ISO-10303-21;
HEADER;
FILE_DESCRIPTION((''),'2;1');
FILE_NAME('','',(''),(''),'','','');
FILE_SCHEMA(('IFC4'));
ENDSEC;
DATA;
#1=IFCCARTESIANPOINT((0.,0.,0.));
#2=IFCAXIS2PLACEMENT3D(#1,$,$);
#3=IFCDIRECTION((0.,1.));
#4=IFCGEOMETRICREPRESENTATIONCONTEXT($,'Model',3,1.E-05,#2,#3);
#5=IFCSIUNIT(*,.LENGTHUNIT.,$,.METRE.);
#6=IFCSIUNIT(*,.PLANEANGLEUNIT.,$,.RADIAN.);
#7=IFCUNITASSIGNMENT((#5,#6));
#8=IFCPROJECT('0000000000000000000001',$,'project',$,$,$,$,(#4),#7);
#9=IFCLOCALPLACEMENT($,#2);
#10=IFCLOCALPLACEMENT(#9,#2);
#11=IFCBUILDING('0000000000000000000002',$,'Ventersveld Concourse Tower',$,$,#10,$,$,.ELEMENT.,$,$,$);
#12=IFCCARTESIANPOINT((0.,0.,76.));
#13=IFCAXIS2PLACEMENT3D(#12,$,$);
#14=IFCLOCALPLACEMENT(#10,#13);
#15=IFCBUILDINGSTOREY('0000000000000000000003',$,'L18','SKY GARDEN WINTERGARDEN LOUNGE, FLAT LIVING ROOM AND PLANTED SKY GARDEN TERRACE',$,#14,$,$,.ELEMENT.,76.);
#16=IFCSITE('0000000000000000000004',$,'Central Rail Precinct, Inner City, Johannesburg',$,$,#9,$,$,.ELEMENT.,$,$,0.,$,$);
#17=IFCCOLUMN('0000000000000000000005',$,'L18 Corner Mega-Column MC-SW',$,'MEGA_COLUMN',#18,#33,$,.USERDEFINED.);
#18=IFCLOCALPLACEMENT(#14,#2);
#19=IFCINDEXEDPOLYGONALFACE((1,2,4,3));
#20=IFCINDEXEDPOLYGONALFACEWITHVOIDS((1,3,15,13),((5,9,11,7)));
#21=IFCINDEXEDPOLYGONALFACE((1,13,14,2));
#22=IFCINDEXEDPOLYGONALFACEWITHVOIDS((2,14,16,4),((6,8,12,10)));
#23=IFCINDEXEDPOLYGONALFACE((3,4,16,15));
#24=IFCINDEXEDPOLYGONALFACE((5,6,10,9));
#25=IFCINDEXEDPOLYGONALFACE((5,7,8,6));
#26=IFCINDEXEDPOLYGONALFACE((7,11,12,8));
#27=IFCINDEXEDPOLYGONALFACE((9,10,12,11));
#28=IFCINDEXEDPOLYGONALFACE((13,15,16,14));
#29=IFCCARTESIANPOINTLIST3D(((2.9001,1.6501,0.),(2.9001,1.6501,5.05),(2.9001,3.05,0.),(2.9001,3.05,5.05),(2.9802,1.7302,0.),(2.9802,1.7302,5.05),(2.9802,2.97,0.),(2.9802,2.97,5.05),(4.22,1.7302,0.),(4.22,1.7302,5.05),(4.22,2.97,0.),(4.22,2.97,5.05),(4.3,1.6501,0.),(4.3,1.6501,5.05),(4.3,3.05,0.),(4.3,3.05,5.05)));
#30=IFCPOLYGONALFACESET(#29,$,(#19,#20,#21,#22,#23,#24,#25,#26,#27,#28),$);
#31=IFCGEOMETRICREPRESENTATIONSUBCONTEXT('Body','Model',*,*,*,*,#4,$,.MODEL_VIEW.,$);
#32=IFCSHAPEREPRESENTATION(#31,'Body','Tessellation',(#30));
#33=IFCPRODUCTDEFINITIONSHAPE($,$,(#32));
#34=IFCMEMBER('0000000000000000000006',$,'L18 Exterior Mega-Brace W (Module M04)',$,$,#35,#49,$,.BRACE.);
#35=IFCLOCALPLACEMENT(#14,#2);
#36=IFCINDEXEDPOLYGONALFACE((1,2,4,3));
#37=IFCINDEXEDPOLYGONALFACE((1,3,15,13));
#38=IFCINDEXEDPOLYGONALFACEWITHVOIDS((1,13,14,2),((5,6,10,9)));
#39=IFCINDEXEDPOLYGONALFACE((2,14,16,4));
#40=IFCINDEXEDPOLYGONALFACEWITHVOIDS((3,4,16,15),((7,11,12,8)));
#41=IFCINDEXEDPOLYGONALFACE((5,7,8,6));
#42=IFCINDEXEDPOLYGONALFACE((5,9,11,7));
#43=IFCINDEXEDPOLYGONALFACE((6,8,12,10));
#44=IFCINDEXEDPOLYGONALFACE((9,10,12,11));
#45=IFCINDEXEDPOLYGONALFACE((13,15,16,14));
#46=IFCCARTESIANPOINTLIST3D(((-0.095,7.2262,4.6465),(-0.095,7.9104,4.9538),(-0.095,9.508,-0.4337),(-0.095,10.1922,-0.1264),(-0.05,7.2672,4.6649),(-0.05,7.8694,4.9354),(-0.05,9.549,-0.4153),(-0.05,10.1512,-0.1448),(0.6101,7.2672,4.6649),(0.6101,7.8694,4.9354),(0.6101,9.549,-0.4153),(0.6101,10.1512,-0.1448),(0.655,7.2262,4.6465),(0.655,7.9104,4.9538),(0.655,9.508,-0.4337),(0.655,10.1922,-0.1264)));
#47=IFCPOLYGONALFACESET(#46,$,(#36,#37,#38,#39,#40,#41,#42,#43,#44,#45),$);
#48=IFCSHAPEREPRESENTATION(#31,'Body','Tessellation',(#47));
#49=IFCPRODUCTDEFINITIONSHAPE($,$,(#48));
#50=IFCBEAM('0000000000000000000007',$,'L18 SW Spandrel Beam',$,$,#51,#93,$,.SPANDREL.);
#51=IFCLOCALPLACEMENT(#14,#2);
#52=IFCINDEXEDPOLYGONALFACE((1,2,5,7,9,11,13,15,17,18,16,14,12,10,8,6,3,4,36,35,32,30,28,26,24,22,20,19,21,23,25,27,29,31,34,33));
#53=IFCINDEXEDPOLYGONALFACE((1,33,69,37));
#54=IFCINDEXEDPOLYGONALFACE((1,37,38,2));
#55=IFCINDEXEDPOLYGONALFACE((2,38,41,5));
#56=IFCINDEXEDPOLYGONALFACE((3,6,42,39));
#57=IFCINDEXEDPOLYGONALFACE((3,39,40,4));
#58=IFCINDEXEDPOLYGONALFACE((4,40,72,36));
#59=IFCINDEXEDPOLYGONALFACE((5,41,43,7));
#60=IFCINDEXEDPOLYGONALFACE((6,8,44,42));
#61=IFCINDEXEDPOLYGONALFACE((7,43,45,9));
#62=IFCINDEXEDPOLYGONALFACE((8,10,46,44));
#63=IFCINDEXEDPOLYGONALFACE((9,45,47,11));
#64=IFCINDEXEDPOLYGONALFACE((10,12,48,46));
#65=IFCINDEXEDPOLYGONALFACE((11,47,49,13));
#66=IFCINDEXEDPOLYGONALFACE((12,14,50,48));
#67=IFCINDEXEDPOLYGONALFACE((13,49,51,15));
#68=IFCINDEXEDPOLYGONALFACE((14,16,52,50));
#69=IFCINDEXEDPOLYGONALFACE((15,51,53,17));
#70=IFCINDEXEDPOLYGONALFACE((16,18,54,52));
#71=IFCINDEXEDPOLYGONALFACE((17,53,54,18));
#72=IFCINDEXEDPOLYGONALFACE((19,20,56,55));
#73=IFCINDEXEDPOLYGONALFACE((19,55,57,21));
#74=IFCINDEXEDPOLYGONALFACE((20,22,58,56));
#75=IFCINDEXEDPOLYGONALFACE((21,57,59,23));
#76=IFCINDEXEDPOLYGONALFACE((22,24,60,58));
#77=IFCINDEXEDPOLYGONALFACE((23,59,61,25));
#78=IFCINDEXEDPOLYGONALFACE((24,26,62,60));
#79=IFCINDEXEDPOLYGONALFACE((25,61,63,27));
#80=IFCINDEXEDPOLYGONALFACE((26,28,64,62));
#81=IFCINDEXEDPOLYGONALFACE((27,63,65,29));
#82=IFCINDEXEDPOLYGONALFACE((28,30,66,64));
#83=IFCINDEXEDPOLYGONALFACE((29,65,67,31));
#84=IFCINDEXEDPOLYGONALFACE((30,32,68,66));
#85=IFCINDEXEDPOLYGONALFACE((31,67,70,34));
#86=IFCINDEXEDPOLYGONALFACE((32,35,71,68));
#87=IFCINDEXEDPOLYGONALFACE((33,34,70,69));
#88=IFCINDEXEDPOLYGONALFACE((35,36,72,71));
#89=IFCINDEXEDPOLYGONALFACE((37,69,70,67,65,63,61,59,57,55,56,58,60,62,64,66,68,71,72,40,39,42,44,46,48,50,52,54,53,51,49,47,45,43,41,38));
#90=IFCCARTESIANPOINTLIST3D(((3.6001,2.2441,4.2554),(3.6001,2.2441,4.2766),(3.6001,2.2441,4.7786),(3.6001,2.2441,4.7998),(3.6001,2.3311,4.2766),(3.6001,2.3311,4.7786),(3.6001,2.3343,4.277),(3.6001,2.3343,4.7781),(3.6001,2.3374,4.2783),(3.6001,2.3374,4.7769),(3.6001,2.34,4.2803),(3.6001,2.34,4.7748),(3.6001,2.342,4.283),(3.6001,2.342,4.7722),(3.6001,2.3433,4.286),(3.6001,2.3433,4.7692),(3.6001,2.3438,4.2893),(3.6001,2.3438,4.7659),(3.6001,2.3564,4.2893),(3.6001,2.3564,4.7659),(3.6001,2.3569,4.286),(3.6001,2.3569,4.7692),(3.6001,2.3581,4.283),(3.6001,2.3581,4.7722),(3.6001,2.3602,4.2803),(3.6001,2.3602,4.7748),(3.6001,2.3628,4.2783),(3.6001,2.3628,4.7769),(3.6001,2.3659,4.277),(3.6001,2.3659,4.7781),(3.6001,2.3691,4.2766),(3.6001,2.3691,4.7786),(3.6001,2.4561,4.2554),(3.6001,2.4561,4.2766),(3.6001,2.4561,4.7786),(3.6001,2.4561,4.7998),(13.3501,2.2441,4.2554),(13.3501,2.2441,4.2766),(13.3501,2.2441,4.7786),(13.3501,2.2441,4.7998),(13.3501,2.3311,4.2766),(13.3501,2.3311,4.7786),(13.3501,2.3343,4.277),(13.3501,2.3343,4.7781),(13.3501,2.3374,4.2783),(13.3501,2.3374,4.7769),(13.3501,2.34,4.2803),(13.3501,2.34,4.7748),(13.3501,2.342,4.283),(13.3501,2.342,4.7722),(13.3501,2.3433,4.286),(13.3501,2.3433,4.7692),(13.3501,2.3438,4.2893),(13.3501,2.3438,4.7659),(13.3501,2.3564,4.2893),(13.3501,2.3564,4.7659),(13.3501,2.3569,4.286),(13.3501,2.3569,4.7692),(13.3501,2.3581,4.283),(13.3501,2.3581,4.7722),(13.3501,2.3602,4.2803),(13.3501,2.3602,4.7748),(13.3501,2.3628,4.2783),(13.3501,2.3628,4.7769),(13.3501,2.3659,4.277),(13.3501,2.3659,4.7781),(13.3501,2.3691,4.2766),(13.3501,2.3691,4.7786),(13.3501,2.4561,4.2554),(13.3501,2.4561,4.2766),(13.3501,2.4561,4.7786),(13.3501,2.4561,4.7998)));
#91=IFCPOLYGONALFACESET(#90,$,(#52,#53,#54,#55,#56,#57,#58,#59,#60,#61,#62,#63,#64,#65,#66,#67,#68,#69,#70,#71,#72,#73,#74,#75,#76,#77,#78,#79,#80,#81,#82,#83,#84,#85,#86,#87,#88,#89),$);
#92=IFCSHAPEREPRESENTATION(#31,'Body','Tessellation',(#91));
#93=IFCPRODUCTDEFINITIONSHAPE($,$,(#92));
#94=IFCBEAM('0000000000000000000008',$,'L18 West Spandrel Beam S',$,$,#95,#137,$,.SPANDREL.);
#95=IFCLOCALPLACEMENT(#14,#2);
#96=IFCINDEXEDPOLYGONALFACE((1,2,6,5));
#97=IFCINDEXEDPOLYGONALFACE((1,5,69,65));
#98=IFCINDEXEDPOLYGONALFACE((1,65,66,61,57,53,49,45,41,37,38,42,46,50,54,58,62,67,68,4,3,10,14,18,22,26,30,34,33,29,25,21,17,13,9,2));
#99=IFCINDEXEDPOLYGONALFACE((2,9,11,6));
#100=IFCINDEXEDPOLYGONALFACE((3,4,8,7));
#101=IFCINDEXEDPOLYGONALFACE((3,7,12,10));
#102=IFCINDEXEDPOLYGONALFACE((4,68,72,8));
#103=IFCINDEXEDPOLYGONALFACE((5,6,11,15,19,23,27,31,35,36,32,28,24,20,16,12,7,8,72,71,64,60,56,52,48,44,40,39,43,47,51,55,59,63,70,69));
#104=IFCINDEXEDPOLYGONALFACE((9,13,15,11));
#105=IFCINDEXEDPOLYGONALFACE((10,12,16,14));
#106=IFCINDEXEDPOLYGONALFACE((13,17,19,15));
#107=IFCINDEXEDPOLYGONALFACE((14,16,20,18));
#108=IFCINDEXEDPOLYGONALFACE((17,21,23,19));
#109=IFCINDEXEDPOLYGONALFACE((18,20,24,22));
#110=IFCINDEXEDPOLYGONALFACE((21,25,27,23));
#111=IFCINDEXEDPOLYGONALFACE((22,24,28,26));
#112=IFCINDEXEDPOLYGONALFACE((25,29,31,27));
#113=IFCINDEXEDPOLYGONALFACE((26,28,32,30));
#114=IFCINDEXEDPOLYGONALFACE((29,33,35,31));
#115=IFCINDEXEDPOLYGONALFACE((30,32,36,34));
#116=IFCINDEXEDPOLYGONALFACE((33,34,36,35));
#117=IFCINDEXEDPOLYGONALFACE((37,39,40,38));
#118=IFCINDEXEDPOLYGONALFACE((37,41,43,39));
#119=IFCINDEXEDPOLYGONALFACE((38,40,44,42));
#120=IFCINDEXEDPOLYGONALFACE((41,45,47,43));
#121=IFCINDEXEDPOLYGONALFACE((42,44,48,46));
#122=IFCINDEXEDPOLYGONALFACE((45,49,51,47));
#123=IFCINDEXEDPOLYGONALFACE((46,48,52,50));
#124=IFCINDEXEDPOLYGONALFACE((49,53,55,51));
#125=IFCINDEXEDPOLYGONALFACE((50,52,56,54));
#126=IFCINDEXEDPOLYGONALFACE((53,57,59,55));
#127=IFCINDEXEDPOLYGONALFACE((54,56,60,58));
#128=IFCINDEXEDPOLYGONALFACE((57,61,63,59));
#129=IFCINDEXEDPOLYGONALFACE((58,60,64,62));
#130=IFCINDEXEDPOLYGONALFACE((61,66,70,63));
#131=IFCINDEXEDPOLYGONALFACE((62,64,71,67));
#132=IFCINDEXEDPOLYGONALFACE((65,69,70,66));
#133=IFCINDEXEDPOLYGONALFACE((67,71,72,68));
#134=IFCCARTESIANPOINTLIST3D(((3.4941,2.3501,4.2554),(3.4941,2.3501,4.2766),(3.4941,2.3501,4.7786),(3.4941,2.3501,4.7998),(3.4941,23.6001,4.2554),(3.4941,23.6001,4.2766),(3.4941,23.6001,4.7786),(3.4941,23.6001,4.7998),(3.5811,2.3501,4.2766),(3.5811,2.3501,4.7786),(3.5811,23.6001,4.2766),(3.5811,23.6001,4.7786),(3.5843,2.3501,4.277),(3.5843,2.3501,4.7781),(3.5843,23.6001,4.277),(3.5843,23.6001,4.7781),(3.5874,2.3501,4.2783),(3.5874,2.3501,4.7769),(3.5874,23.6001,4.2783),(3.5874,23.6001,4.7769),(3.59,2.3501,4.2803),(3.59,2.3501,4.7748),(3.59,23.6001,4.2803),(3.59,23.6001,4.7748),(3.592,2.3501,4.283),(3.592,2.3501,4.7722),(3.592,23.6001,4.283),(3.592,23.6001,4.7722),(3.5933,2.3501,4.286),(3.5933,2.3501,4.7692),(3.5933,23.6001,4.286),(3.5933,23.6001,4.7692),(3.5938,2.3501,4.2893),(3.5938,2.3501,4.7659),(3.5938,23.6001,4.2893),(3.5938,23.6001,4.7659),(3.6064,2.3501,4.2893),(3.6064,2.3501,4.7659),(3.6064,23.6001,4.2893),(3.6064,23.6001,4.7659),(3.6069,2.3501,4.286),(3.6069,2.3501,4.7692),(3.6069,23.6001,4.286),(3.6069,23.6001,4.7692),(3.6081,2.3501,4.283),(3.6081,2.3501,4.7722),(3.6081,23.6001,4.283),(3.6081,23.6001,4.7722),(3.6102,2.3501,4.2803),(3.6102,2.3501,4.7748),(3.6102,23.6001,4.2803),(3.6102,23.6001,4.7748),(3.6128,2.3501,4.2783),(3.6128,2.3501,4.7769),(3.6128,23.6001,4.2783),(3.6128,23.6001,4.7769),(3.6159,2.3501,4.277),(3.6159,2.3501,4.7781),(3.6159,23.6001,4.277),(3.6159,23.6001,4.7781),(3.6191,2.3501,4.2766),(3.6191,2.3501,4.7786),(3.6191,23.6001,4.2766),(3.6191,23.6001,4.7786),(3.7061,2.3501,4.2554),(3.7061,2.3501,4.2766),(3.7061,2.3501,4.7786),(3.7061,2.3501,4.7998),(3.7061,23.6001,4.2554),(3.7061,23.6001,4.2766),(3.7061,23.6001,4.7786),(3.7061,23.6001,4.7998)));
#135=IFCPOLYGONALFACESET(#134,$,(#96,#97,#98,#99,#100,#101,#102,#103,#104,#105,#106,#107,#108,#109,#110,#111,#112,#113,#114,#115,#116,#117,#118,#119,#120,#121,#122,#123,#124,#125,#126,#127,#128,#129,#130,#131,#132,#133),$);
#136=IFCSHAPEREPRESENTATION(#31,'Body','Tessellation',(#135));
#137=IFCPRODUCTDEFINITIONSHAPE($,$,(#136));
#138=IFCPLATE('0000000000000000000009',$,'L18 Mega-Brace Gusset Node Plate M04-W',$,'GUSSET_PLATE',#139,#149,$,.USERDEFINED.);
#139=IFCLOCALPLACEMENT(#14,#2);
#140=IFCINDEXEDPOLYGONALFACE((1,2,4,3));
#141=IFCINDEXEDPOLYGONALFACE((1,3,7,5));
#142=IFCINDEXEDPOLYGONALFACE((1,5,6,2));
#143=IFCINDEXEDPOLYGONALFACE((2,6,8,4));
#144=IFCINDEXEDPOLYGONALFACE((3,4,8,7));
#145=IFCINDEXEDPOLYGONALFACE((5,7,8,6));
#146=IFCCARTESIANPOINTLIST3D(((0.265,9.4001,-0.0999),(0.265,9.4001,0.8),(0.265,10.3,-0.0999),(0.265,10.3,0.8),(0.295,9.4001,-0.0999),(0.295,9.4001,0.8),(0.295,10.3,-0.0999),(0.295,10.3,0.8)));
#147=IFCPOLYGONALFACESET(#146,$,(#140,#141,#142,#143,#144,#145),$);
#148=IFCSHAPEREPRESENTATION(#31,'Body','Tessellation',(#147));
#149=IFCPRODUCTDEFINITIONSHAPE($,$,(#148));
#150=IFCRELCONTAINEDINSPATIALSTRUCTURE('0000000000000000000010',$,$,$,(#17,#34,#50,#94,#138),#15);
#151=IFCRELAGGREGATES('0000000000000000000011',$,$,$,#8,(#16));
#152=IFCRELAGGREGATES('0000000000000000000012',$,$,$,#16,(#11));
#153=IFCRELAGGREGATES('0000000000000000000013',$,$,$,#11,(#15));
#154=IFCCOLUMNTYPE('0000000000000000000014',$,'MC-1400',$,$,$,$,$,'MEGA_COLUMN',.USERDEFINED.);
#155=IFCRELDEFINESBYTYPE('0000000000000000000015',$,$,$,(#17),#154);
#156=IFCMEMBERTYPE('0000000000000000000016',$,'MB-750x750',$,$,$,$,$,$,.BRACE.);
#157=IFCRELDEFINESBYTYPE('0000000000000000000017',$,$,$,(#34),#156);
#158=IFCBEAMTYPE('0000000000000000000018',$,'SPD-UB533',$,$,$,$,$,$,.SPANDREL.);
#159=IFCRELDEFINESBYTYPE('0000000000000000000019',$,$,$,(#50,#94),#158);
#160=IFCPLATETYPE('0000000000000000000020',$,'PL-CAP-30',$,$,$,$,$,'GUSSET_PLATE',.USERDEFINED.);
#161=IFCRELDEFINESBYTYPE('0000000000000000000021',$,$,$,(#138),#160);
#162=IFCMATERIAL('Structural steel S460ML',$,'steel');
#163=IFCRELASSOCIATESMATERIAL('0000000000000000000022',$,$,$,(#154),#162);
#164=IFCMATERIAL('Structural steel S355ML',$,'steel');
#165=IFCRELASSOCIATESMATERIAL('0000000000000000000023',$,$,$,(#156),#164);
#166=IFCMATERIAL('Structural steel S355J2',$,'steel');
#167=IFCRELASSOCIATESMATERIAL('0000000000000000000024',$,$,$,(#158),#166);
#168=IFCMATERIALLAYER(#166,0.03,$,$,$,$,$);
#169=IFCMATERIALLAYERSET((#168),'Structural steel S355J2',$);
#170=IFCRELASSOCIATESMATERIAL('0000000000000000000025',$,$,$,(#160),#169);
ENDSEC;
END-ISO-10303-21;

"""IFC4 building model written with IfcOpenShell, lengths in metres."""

from ifc_helpers import new_model, si_unit, direction, frame, origin, origin_2d, place, context, subcontext, project, spatial, rectangle, hollow_rectangle, i_section, extrude, material, layer, layer_set, material_profile, profile_set, type_object, element, save


model = new_model("IFC4")

# Units and contexts
model_context = context("Model", 3, precision=1e-05, world=origin(), true_north=direction((0.0, 1.0)))
body_context = subcontext(model_context, "Body", "Model", "MODEL_VIEW")
ifc_project = project(units=[si_unit("LENGTHUNIT", "METRE"), si_unit("PLANEANGLEUNIT", "RADIAN")], contexts=[model_context])

# Site, building, storey
site_placement = place(None, origin())
site = spatial("IfcSite", under=ifc_project, at=site_placement, Name="Central Rail Precinct, Inner City, Johannesburg", CompositionType="ELEMENT", RefElevation=0.0)
building_placement = place(site_placement, origin())
building = spatial("IfcBuilding", under=site, at=building_placement, Name="Ventersveld Concourse Tower", CompositionType="ELEMENT")
storey_placement = place(building_placement, frame((0.0, 0.0, 76.0)))
storey = spatial("IfcBuildingStorey", under=building, at=storey_placement, Name="L18", Description="SKY GARDEN WINTERGARDEN LOUNGE, FLAT LIVING ROOM AND PLANTED SKY GARDEN TERRACE", CompositionType="ELEMENT", Elevation=76.0)

# Column
ifc_material_1 = material(Name="Structural steel S460ML", Category="steel")
ifc_material_profile_1 = material_profile(ifc_material_1, hollow_rectangle(XDim=1.3999, YDim=1.3999, WallThickness=0.0801, at=origin_2d()), Name="BOX 1400x1400x80")
ifc_profile_set_1 = profile_set([ifc_material_profile_1], Name="Structural steel S460ML")
column_type = type_object("IfcColumnType", Name="MC-1400", ElementType="MEGA_COLUMN", PredefinedType="USERDEFINED", material=ifc_profile_set_1)
column_placement = place(storey_placement, frame((3.6001, 2.3501, 0.0), z_axis=(0.0, 0.0, 1.0), x_axis=(1.0, 0.0, 0.0)))
element("IfcColumn", 1, at=column_placement, inside=storey, type_object=column_type, Name="L18 Corner Mega-Column MC-SW", ObjectType="MEGA_COLUMN", PredefinedType="USERDEFINED", context=body_context, shape_type="SweptSolid", body=[
    extrude(hollow_rectangle(XDim=1.3999, YDim=1.3999, WallThickness=0.0801, at=origin_2d()), origin(), (0.0, 0.0, 1.0), 5.05),
])

# Member
ifc_material_2 = material(Name="Structural steel S355ML", Category="steel")
ifc_material_profile_2 = material_profile(ifc_material_2, hollow_rectangle(XDim=0.75, YDim=0.75, WallThickness=0.0449, at=origin_2d()), Name="BOX 750x750x45")
ifc_profile_set_2 = profile_set([ifc_material_profile_2], Name="Structural steel S355ML")
member_type = type_object("IfcMemberType", Name="MB-750x750", PredefinedType="BRACE", material=ifc_profile_set_2)
member_placement = place(storey_placement, frame((0.28, 9.8501, -0.28), z_axis=(0.0, -0.409723, 0.91221), x_axis=(1.0, 0.0, 0.0)))
element("IfcMember", 2, at=member_placement, inside=storey, type_object=member_type, Name="L18 Exterior Mega-Brace W (Module M04)", PredefinedType="BRACE", context=body_context, shape_type="SweptSolid", body=[
    extrude(hollow_rectangle(XDim=0.75, YDim=0.75, WallThickness=0.0449, at=origin_2d()), origin(), (0.0, 0.0, 1.0), 5.5691),
])

# Beams
ifc_material_3 = material(Name="Structural steel S355J2", Category="steel")
ifc_material_profile_3 = material_profile(ifc_material_3, i_section(OverallWidth=0.2119, OverallDepth=0.5444, WebThickness=0.0127, FlangeThickness=0.0212, FilletRadius=0.0127, at=origin_2d()), Name="UB 533x210x122")
ifc_profile_set_3 = profile_set([ifc_material_profile_3], Name="Structural steel S355J2")
beam_type = type_object("IfcBeamType", Name="SPD-UB533", PredefinedType="SPANDREL", material=ifc_profile_set_3)
beam_1_placement = place(storey_placement, frame((3.6001, 2.3501, 4.5276), z_axis=(1.0, 0.0, 0.0), x_axis=(0.0, 1.0, 0.0)))
element("IfcBeam", 3, at=beam_1_placement, inside=storey, type_object=beam_type, Name="L18 SW Spandrel Beam", PredefinedType="SPANDREL", context=body_context, shape_type="SweptSolid", body=[
    extrude(i_section(OverallWidth=0.2119, OverallDepth=0.5444, WebThickness=0.0127, FlangeThickness=0.0212, FilletRadius=0.0127, at=origin_2d()), origin(), (0.0, 0.0, 1.0), 9.75),
])
beam_2_placement = place(storey_placement, frame((3.6001, 2.3501, 4.5276), z_axis=(0.0, 1.0, 0.0), x_axis=(-1.0, 0.0, 0.0)))
element("IfcBeam", 4, at=beam_2_placement, inside=storey, type_object=beam_type, Name="L18 West Spandrel Beam S", PredefinedType="SPANDREL", context=body_context, shape_type="SweptSolid", body=[
    extrude(i_section(OverallWidth=0.2119, OverallDepth=0.5444, WebThickness=0.0127, FlangeThickness=0.0212, FilletRadius=0.0127, at=origin_2d()), origin(), (0.0, 0.0, 1.0), 21.25),
])

# Plate
ifc_layer_1 = layer(ifc_material_3, 0.03)
ifc_layer_set_1 = layer_set([ifc_layer_1], Name="Structural steel S355J2")
plate_type = type_object("IfcPlateType", Name="PL-CAP-30", ElementType="GUSSET_PLATE", PredefinedType="USERDEFINED", material=ifc_layer_set_1)
plate_placement = place(storey_placement, frame((0.28, 9.8501, -0.0999), z_axis=(0.0, 0.0, 1.0), x_axis=(0.0, 1.0, 0.0)))
element("IfcPlate", 5, at=plate_placement, inside=storey, type_object=plate_type, Name="L18 Mega-Brace Gusset Node Plate M04-W", ObjectType="GUSSET_PLATE", PredefinedType="USERDEFINED", context=body_context, shape_type="SweptSolid", body=[
    extrude(rectangle(XDim=0.8999, YDim=0.03, at=origin_2d()), origin(), (0.0, 0.0, 1.0), 0.8999),
])

save(model, "model.ifc")
